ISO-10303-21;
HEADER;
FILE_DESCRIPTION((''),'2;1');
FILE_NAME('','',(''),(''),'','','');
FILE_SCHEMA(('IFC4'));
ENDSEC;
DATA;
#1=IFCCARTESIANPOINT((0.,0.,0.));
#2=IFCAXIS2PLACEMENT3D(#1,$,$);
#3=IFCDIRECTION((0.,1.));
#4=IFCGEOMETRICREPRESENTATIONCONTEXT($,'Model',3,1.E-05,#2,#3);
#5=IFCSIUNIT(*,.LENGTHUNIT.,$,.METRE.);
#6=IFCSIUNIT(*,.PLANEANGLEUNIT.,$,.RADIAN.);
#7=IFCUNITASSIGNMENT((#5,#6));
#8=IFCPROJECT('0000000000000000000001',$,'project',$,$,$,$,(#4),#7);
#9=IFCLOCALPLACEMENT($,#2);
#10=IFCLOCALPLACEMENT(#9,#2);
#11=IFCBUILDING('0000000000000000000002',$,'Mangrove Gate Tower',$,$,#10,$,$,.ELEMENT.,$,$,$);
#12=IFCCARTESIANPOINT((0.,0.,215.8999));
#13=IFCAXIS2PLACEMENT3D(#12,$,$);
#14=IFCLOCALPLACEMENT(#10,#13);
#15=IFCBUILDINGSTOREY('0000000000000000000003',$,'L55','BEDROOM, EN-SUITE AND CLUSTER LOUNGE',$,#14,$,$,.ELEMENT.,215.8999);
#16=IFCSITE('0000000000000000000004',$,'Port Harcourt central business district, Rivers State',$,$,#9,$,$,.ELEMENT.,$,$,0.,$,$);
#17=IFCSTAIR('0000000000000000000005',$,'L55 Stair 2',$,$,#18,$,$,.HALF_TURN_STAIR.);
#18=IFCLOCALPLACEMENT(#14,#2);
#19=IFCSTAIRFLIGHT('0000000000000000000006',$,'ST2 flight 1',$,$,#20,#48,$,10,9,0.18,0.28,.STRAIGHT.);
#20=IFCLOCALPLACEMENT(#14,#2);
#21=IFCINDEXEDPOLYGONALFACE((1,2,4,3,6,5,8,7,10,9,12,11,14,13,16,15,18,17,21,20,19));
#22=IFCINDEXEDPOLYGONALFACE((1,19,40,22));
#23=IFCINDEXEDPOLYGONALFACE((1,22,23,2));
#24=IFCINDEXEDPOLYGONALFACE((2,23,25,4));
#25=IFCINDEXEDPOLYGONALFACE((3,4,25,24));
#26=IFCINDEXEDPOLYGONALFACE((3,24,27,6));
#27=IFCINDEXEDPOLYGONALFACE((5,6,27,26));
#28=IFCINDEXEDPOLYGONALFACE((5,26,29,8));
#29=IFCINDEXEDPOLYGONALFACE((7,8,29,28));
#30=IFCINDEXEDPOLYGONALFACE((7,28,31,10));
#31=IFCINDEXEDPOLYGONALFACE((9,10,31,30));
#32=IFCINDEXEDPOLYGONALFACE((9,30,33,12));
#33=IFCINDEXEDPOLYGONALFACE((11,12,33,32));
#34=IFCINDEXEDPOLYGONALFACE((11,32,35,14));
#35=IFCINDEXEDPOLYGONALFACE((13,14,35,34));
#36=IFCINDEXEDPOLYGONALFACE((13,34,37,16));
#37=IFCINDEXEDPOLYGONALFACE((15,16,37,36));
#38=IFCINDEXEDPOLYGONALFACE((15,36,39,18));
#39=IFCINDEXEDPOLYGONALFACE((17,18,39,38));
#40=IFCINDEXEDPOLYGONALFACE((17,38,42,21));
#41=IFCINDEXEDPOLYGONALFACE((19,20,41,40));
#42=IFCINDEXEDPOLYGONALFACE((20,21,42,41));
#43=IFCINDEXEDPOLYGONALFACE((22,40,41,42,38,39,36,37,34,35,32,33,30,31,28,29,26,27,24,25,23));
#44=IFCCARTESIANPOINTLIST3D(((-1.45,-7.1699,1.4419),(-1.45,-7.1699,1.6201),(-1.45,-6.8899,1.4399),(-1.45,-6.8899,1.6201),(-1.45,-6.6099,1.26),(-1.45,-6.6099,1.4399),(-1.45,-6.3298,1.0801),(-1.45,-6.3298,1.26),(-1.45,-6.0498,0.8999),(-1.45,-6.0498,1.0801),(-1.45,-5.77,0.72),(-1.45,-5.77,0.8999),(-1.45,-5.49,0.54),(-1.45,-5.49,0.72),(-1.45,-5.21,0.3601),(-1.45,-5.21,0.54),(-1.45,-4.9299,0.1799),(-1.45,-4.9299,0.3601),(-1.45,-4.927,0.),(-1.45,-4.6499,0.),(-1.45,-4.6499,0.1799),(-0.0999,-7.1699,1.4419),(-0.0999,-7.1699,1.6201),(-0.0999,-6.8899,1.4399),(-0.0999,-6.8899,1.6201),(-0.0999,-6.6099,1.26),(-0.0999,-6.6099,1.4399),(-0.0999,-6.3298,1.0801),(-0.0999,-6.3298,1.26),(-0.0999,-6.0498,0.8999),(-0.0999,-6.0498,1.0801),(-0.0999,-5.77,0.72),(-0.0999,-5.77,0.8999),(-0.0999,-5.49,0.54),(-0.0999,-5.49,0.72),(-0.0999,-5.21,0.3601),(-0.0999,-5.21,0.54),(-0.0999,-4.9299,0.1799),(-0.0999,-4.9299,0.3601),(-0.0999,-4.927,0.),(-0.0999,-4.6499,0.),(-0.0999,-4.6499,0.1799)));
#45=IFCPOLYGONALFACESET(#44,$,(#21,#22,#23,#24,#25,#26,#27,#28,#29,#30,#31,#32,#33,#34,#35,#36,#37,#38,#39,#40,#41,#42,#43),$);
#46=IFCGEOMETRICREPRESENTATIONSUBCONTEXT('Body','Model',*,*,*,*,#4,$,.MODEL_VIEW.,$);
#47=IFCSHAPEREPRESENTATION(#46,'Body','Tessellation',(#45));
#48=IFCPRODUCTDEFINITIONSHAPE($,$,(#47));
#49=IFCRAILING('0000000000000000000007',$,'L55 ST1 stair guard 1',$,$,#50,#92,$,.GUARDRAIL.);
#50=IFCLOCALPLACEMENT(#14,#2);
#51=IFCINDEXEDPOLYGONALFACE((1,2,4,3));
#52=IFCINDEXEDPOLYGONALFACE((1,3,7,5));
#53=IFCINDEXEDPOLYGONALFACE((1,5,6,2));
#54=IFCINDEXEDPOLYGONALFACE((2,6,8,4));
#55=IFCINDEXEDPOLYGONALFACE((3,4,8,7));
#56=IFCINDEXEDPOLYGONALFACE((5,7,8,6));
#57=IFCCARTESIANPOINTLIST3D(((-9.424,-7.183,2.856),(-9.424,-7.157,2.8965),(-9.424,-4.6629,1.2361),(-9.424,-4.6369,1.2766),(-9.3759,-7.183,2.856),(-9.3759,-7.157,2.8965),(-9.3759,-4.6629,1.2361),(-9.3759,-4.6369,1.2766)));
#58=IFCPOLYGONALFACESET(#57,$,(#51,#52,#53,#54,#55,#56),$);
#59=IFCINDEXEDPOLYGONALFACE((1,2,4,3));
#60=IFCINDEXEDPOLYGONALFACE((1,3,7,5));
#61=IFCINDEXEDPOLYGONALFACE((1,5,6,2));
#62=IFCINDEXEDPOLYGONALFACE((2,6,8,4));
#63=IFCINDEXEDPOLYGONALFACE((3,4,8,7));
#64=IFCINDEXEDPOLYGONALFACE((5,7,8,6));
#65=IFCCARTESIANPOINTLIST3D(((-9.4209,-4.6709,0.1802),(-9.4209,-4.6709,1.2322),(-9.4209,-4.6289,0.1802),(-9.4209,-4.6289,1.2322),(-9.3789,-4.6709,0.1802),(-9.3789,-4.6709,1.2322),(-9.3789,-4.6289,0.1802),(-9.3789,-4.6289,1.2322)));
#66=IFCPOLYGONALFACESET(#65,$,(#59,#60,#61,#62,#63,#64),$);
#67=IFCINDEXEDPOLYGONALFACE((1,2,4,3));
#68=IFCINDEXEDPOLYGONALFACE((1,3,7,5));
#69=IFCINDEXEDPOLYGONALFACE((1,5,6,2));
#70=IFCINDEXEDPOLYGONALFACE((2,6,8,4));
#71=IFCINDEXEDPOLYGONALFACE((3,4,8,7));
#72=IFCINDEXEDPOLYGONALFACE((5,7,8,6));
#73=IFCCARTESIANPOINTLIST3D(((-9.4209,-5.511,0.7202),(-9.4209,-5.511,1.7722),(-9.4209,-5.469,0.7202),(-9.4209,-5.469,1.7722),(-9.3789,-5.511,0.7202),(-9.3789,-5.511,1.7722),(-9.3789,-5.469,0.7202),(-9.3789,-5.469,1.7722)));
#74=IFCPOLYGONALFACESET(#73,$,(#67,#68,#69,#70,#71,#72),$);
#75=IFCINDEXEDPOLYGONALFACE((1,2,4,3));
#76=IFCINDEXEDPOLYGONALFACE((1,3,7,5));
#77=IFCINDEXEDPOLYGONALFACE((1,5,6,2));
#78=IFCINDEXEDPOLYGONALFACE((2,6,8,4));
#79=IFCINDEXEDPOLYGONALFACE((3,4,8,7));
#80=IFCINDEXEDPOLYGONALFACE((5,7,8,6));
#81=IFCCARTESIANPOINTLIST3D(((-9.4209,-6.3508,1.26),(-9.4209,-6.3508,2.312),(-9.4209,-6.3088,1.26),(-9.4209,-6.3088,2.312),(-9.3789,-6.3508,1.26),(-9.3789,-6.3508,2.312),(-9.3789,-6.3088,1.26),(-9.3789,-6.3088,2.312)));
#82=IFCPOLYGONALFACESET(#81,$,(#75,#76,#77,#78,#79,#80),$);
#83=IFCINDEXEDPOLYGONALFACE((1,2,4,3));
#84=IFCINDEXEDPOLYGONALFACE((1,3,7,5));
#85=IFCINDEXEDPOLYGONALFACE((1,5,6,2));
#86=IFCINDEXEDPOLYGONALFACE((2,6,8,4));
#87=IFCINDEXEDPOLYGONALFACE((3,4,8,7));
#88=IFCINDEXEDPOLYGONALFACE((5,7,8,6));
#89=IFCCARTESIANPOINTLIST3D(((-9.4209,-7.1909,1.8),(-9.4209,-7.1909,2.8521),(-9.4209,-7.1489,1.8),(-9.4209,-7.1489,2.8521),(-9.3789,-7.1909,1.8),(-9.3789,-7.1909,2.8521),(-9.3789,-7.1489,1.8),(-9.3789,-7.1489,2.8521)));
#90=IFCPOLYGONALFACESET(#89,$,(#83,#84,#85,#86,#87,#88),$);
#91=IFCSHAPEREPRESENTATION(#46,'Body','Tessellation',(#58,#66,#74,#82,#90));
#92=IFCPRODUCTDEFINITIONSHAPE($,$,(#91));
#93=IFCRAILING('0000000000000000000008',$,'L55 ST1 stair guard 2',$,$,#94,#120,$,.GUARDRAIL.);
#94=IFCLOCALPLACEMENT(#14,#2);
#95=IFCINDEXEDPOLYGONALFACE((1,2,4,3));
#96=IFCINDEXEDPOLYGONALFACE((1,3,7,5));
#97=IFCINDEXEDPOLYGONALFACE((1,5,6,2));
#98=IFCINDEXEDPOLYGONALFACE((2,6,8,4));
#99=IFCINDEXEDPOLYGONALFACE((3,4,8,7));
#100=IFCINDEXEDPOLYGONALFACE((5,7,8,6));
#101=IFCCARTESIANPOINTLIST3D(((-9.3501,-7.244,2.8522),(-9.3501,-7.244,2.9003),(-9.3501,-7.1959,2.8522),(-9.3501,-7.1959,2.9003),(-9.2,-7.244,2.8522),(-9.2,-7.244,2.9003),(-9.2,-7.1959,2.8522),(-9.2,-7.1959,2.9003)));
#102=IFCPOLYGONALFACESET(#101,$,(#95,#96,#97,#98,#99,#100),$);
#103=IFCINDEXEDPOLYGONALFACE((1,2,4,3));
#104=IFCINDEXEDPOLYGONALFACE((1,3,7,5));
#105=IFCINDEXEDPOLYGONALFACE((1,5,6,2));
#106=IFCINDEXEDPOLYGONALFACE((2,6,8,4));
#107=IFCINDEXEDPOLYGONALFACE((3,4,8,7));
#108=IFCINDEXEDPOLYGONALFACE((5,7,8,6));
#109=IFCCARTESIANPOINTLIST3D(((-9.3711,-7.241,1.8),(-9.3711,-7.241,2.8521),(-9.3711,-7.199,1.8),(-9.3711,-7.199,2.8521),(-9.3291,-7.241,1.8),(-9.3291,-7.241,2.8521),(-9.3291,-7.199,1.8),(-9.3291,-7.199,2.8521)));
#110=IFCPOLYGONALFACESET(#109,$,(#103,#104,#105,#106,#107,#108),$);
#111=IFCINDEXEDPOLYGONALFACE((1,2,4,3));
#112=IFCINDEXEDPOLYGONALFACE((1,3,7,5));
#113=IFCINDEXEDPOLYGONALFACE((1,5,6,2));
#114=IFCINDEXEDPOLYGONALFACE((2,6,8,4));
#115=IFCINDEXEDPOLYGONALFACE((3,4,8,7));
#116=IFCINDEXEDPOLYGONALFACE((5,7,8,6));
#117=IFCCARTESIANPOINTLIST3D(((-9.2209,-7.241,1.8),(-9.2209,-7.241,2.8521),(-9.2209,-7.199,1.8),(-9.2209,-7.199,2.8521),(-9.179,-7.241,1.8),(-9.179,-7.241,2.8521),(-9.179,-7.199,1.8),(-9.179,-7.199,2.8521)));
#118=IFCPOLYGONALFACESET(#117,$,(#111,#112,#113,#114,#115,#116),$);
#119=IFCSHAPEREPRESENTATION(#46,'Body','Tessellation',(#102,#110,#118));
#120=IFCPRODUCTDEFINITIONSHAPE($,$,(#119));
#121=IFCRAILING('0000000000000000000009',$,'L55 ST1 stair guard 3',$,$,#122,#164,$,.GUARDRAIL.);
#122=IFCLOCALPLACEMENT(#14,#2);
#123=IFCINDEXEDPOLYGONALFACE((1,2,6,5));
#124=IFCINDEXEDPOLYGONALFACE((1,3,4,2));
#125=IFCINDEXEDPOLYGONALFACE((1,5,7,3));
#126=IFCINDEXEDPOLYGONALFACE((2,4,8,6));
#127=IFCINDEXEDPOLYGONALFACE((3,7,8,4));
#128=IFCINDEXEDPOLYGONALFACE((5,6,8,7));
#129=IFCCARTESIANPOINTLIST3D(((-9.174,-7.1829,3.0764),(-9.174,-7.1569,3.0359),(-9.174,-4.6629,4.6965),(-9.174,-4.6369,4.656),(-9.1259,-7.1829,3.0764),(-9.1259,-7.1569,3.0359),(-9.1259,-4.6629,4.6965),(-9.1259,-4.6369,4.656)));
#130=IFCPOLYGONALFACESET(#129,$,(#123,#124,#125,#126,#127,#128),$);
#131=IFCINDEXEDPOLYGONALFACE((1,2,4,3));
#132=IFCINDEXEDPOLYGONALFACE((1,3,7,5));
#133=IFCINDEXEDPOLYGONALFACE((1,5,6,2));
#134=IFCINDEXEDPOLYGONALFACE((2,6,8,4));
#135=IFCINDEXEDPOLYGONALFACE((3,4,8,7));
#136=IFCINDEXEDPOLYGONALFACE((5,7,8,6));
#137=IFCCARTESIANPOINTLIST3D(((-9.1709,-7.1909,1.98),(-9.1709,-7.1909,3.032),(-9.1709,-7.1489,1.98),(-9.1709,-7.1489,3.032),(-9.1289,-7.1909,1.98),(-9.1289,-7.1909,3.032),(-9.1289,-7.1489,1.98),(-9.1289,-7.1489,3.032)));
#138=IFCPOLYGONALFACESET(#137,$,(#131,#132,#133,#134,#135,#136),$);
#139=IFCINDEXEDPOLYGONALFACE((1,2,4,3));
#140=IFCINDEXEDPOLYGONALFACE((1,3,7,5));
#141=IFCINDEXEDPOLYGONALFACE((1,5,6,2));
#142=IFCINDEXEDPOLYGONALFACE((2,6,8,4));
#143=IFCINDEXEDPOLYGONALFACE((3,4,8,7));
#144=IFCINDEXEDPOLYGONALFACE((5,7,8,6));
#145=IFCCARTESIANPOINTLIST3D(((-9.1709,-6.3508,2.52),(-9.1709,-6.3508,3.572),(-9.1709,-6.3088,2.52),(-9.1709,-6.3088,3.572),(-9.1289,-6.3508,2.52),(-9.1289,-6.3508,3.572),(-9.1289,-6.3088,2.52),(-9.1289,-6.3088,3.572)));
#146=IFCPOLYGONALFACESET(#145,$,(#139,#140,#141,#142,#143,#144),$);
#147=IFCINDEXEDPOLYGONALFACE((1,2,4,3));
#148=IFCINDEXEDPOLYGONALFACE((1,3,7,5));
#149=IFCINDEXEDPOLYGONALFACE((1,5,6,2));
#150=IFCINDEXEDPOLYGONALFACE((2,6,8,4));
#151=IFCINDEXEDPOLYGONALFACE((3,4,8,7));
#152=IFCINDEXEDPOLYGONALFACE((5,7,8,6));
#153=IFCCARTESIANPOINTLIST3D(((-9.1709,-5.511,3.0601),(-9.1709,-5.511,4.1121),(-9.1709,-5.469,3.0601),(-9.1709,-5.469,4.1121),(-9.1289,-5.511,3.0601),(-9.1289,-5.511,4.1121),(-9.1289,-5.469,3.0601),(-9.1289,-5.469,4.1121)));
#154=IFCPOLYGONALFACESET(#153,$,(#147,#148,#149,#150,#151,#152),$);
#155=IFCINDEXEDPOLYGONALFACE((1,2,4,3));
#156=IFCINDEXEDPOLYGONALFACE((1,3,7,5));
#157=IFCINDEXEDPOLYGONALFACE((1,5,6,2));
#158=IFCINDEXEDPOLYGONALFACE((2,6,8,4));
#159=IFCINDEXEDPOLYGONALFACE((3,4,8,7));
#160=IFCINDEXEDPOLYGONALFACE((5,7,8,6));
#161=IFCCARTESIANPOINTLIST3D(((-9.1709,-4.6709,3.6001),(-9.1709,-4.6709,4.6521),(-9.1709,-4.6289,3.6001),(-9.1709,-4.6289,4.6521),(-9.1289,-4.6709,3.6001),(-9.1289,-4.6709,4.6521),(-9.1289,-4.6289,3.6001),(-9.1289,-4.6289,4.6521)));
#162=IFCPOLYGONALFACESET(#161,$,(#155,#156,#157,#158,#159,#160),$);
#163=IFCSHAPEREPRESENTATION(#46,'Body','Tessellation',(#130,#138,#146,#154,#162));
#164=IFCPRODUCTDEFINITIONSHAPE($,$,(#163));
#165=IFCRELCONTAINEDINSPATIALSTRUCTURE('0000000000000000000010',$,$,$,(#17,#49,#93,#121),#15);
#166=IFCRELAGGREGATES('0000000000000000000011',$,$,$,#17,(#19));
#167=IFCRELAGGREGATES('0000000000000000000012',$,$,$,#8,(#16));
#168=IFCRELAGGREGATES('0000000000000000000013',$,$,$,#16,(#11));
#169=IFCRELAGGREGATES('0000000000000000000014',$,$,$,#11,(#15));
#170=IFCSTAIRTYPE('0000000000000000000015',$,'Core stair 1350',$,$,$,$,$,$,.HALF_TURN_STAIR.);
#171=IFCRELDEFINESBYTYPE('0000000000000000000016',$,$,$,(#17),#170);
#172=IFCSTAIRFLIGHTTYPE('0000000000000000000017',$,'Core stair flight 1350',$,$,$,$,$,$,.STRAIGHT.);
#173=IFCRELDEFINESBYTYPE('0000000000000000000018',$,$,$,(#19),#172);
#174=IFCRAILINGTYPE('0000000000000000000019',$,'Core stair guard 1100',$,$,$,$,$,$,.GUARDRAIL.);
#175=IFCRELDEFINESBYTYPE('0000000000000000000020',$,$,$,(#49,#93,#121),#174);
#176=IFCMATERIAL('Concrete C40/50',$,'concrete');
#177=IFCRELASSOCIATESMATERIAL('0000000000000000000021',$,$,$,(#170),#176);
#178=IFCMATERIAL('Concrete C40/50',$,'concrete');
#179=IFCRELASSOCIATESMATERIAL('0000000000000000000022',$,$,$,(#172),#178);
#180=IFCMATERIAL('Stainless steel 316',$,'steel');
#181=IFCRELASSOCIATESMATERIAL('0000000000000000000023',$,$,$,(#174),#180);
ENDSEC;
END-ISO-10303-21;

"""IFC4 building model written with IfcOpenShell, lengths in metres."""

from ifc_helpers import new_model, si_unit, direction, frame, origin, origin_2d, place, context, subcontext, project, spatial, polyline, rectangle, outline, extrude, material, type_object, element, aggregate, save


model = new_model("IFC4")

# Units and contexts
model_context = context("Model", 3, precision=1e-05, world=origin(), true_north=direction((0.0, 1.0)))
body_context = subcontext(model_context, "Body", "Model", "MODEL_VIEW")
ifc_project = project(units=[si_unit("LENGTHUNIT", "METRE"), si_unit("PLANEANGLEUNIT", "RADIAN")], contexts=[model_context])

# Site, building, storey
site_placement = place(None, origin())
site = spatial("IfcSite", under=ifc_project, at=site_placement, Name="Port Harcourt central business district, Rivers State", CompositionType="ELEMENT", RefElevation=0.0)
building_placement = place(site_placement, origin())
building = spatial("IfcBuilding", under=site, at=building_placement, Name="Mangrove Gate Tower", CompositionType="ELEMENT")
storey_placement = place(building_placement, frame((0.0, 0.0, 215.8999)))
storey = spatial("IfcBuildingStorey", under=building, at=storey_placement, Name="L55", Description="BEDROOM, EN-SUITE AND CLUSTER LOUNGE", CompositionType="ELEMENT", Elevation=215.8999)

# Shared definitions
ifc_material_1 = material(Name="Concrete C40/50", Category="concrete")
stair_type = type_object("IfcStairType", Name="Core stair 1350", PredefinedType="HALF_TURN_STAIR", material=ifc_material_1)
ifc_material_2 = material(Name="Concrete C40/50", Category="concrete")
stair_flight_type = type_object("IfcStairFlightType", Name="Core stair flight 1350", PredefinedType="STRAIGHT", material=ifc_material_2)

# Stair, stair flight
stair_1_placement = place(storey_placement, origin())
stair_1 = element("IfcStair", 1, at=stair_1_placement, inside=storey, type_object=stair_type, Name="L55 Stair 2", PredefinedType="HALF_TURN_STAIR")
stair_flight_1_placement = place(storey_placement, frame((-0.7749, -4.6499, 0.0), z_axis=(0.0, 0.0, 1.0), x_axis=(0.0, -1.0, 0.0)))
stair_flight_1 = element("IfcStairFlight", 2, at=stair_flight_1_placement, type_object=stair_flight_type, Name="ST2 flight 1", NumberOfRisers=10, NumberOfTreads=9, PredefinedType="STRAIGHT", RiserHeight=0.18, TreadLength=0.28, context=body_context, shape_type="SweptSolid", body=[
    extrude(outline(polyline([(0.0, 0.0), (0.0, 0.1799), (0.28, 0.1799), (0.28, 0.3601), (0.5601, 0.3601), (0.5601, 0.54), (0.8401, 0.54), (0.8401, 0.72), (1.1201, 0.72), (1.1201, 0.8999), (1.3999, 0.8999), (1.3999, 1.0801), (1.6799, 1.0801), (1.6799, 1.26), (1.96, 1.26), (1.96, 1.4399), (2.24, 1.4399), (2.24, 1.6201), (2.52, 1.6201), (2.52, 1.8), (2.52, 1.4419), (0.2771, 0.0), (0.0, 0.0)])), frame((0.0, 0.675, 0.0), z_axis=(0.0, -1.0, 0.0), x_axis=(1.0, 0.0, 0.0)), (0.0, 0.0, 1.0), 1.3501),
])
aggregate(stair_1, [stair_flight_1])

# Railings
ifc_material_3 = material(Name="Stainless steel 316", Category="steel")
railing_type_1 = type_object("IfcRailingType", Name="Core stair guard 1100", PredefinedType="GUARDRAIL", material=ifc_material_3)
railing_1_placement = place(storey_placement, frame((-9.3999, -4.6499, 0.1802)))
element("IfcRailing", 3, at=railing_1_placement, inside=storey, type_object=railing_type_1, Name="L55 ST1 stair guard 1", PredefinedType="GUARDRAIL", context=body_context, shape_type="SweptSolid", body=[
    extrude(rectangle(XDim=0.0481, YDim=0.0481, at=origin_2d()), frame((0.0, 0.0, 1.0762), z_axis=(0.0, -0.8412, 0.540725), x_axis=(1.0, 0.0, 0.0)), (0.0, 0.0, 1.0), 2.9958),
    extrude(rectangle(XDim=0.042, YDim=0.042, at=origin_2d()), origin(), (0.0, 0.0, 1.0), 1.052),
    extrude(rectangle(XDim=0.042, YDim=0.042, at=origin_2d()), frame((0.0, -0.8401, 0.54)), (0.0, 0.0, 1.0), 1.052),
    extrude(rectangle(XDim=0.042, YDim=0.042, at=origin_2d()), frame((0.0, -1.6799, 1.0798)), (0.0, 0.0, 1.0), 1.052),
    extrude(rectangle(XDim=0.042, YDim=0.042, at=origin_2d()), frame((0.0, -2.52, 1.6199)), (0.0, 0.0, 1.0), 1.052),
])
railing_2_placement = place(storey_placement, frame((-9.3501, -7.22, 1.8)))
element("IfcRailing", 4, at=railing_2_placement, inside=storey, type_object=railing_type_1, Name="L55 ST1 stair guard 2", PredefinedType="GUARDRAIL", context=body_context, shape_type="SweptSolid", body=[
    extrude(rectangle(XDim=0.0481, YDim=0.0481, at=origin_2d()), frame((0.0, 0.0, 1.0762), z_axis=(1.0, 0.0, 0.0), x_axis=(0.0, 1.0, 0.0)), (0.0, 0.0, 1.0), 0.1501),
    extrude(rectangle(XDim=0.042, YDim=0.042, at=origin_2d()), origin(), (0.0, 0.0, 1.0), 1.052),
    extrude(rectangle(XDim=0.042, YDim=0.042, at=origin_2d()), frame((0.1501, 0.0, 0.0)), (0.0, 0.0, 1.0), 1.052),
])
railing_3_placement = place(storey_placement, frame((-9.1499, -7.1699, 1.98)))
element("IfcRailing", 5, at=railing_3_placement, inside=storey, type_object=railing_type_1, Name="L55 ST1 stair guard 3", PredefinedType="GUARDRAIL", context=body_context, shape_type="SweptSolid", body=[
    extrude(rectangle(XDim=0.0481, YDim=0.0481, at=origin_2d()), frame((0.0, 0.0, 1.0762), z_axis=(0.0, 0.841163, 0.540782), x_axis=(-1.0, 0.0, 0.0)), (0.0, 0.0, 1.0), 2.9958),
    extrude(rectangle(XDim=0.042, YDim=0.042, at=origin_2d()), origin(), (0.0, 0.0, 1.0), 1.052),
    extrude(rectangle(XDim=0.042, YDim=0.042, at=origin_2d()), frame((0.0, 0.8401, 0.54)), (0.0, 0.0, 1.0), 1.052),
    extrude(rectangle(XDim=0.042, YDim=0.042, at=origin_2d()), frame((0.0, 1.6799, 1.0801)), (0.0, 0.0, 1.0), 1.052),
    extrude(rectangle(XDim=0.042, YDim=0.042, at=origin_2d()), frame((0.0, 2.52, 1.6201)), (0.0, 0.0, 1.0), 1.052),
])

save(model, "model.ifc")
